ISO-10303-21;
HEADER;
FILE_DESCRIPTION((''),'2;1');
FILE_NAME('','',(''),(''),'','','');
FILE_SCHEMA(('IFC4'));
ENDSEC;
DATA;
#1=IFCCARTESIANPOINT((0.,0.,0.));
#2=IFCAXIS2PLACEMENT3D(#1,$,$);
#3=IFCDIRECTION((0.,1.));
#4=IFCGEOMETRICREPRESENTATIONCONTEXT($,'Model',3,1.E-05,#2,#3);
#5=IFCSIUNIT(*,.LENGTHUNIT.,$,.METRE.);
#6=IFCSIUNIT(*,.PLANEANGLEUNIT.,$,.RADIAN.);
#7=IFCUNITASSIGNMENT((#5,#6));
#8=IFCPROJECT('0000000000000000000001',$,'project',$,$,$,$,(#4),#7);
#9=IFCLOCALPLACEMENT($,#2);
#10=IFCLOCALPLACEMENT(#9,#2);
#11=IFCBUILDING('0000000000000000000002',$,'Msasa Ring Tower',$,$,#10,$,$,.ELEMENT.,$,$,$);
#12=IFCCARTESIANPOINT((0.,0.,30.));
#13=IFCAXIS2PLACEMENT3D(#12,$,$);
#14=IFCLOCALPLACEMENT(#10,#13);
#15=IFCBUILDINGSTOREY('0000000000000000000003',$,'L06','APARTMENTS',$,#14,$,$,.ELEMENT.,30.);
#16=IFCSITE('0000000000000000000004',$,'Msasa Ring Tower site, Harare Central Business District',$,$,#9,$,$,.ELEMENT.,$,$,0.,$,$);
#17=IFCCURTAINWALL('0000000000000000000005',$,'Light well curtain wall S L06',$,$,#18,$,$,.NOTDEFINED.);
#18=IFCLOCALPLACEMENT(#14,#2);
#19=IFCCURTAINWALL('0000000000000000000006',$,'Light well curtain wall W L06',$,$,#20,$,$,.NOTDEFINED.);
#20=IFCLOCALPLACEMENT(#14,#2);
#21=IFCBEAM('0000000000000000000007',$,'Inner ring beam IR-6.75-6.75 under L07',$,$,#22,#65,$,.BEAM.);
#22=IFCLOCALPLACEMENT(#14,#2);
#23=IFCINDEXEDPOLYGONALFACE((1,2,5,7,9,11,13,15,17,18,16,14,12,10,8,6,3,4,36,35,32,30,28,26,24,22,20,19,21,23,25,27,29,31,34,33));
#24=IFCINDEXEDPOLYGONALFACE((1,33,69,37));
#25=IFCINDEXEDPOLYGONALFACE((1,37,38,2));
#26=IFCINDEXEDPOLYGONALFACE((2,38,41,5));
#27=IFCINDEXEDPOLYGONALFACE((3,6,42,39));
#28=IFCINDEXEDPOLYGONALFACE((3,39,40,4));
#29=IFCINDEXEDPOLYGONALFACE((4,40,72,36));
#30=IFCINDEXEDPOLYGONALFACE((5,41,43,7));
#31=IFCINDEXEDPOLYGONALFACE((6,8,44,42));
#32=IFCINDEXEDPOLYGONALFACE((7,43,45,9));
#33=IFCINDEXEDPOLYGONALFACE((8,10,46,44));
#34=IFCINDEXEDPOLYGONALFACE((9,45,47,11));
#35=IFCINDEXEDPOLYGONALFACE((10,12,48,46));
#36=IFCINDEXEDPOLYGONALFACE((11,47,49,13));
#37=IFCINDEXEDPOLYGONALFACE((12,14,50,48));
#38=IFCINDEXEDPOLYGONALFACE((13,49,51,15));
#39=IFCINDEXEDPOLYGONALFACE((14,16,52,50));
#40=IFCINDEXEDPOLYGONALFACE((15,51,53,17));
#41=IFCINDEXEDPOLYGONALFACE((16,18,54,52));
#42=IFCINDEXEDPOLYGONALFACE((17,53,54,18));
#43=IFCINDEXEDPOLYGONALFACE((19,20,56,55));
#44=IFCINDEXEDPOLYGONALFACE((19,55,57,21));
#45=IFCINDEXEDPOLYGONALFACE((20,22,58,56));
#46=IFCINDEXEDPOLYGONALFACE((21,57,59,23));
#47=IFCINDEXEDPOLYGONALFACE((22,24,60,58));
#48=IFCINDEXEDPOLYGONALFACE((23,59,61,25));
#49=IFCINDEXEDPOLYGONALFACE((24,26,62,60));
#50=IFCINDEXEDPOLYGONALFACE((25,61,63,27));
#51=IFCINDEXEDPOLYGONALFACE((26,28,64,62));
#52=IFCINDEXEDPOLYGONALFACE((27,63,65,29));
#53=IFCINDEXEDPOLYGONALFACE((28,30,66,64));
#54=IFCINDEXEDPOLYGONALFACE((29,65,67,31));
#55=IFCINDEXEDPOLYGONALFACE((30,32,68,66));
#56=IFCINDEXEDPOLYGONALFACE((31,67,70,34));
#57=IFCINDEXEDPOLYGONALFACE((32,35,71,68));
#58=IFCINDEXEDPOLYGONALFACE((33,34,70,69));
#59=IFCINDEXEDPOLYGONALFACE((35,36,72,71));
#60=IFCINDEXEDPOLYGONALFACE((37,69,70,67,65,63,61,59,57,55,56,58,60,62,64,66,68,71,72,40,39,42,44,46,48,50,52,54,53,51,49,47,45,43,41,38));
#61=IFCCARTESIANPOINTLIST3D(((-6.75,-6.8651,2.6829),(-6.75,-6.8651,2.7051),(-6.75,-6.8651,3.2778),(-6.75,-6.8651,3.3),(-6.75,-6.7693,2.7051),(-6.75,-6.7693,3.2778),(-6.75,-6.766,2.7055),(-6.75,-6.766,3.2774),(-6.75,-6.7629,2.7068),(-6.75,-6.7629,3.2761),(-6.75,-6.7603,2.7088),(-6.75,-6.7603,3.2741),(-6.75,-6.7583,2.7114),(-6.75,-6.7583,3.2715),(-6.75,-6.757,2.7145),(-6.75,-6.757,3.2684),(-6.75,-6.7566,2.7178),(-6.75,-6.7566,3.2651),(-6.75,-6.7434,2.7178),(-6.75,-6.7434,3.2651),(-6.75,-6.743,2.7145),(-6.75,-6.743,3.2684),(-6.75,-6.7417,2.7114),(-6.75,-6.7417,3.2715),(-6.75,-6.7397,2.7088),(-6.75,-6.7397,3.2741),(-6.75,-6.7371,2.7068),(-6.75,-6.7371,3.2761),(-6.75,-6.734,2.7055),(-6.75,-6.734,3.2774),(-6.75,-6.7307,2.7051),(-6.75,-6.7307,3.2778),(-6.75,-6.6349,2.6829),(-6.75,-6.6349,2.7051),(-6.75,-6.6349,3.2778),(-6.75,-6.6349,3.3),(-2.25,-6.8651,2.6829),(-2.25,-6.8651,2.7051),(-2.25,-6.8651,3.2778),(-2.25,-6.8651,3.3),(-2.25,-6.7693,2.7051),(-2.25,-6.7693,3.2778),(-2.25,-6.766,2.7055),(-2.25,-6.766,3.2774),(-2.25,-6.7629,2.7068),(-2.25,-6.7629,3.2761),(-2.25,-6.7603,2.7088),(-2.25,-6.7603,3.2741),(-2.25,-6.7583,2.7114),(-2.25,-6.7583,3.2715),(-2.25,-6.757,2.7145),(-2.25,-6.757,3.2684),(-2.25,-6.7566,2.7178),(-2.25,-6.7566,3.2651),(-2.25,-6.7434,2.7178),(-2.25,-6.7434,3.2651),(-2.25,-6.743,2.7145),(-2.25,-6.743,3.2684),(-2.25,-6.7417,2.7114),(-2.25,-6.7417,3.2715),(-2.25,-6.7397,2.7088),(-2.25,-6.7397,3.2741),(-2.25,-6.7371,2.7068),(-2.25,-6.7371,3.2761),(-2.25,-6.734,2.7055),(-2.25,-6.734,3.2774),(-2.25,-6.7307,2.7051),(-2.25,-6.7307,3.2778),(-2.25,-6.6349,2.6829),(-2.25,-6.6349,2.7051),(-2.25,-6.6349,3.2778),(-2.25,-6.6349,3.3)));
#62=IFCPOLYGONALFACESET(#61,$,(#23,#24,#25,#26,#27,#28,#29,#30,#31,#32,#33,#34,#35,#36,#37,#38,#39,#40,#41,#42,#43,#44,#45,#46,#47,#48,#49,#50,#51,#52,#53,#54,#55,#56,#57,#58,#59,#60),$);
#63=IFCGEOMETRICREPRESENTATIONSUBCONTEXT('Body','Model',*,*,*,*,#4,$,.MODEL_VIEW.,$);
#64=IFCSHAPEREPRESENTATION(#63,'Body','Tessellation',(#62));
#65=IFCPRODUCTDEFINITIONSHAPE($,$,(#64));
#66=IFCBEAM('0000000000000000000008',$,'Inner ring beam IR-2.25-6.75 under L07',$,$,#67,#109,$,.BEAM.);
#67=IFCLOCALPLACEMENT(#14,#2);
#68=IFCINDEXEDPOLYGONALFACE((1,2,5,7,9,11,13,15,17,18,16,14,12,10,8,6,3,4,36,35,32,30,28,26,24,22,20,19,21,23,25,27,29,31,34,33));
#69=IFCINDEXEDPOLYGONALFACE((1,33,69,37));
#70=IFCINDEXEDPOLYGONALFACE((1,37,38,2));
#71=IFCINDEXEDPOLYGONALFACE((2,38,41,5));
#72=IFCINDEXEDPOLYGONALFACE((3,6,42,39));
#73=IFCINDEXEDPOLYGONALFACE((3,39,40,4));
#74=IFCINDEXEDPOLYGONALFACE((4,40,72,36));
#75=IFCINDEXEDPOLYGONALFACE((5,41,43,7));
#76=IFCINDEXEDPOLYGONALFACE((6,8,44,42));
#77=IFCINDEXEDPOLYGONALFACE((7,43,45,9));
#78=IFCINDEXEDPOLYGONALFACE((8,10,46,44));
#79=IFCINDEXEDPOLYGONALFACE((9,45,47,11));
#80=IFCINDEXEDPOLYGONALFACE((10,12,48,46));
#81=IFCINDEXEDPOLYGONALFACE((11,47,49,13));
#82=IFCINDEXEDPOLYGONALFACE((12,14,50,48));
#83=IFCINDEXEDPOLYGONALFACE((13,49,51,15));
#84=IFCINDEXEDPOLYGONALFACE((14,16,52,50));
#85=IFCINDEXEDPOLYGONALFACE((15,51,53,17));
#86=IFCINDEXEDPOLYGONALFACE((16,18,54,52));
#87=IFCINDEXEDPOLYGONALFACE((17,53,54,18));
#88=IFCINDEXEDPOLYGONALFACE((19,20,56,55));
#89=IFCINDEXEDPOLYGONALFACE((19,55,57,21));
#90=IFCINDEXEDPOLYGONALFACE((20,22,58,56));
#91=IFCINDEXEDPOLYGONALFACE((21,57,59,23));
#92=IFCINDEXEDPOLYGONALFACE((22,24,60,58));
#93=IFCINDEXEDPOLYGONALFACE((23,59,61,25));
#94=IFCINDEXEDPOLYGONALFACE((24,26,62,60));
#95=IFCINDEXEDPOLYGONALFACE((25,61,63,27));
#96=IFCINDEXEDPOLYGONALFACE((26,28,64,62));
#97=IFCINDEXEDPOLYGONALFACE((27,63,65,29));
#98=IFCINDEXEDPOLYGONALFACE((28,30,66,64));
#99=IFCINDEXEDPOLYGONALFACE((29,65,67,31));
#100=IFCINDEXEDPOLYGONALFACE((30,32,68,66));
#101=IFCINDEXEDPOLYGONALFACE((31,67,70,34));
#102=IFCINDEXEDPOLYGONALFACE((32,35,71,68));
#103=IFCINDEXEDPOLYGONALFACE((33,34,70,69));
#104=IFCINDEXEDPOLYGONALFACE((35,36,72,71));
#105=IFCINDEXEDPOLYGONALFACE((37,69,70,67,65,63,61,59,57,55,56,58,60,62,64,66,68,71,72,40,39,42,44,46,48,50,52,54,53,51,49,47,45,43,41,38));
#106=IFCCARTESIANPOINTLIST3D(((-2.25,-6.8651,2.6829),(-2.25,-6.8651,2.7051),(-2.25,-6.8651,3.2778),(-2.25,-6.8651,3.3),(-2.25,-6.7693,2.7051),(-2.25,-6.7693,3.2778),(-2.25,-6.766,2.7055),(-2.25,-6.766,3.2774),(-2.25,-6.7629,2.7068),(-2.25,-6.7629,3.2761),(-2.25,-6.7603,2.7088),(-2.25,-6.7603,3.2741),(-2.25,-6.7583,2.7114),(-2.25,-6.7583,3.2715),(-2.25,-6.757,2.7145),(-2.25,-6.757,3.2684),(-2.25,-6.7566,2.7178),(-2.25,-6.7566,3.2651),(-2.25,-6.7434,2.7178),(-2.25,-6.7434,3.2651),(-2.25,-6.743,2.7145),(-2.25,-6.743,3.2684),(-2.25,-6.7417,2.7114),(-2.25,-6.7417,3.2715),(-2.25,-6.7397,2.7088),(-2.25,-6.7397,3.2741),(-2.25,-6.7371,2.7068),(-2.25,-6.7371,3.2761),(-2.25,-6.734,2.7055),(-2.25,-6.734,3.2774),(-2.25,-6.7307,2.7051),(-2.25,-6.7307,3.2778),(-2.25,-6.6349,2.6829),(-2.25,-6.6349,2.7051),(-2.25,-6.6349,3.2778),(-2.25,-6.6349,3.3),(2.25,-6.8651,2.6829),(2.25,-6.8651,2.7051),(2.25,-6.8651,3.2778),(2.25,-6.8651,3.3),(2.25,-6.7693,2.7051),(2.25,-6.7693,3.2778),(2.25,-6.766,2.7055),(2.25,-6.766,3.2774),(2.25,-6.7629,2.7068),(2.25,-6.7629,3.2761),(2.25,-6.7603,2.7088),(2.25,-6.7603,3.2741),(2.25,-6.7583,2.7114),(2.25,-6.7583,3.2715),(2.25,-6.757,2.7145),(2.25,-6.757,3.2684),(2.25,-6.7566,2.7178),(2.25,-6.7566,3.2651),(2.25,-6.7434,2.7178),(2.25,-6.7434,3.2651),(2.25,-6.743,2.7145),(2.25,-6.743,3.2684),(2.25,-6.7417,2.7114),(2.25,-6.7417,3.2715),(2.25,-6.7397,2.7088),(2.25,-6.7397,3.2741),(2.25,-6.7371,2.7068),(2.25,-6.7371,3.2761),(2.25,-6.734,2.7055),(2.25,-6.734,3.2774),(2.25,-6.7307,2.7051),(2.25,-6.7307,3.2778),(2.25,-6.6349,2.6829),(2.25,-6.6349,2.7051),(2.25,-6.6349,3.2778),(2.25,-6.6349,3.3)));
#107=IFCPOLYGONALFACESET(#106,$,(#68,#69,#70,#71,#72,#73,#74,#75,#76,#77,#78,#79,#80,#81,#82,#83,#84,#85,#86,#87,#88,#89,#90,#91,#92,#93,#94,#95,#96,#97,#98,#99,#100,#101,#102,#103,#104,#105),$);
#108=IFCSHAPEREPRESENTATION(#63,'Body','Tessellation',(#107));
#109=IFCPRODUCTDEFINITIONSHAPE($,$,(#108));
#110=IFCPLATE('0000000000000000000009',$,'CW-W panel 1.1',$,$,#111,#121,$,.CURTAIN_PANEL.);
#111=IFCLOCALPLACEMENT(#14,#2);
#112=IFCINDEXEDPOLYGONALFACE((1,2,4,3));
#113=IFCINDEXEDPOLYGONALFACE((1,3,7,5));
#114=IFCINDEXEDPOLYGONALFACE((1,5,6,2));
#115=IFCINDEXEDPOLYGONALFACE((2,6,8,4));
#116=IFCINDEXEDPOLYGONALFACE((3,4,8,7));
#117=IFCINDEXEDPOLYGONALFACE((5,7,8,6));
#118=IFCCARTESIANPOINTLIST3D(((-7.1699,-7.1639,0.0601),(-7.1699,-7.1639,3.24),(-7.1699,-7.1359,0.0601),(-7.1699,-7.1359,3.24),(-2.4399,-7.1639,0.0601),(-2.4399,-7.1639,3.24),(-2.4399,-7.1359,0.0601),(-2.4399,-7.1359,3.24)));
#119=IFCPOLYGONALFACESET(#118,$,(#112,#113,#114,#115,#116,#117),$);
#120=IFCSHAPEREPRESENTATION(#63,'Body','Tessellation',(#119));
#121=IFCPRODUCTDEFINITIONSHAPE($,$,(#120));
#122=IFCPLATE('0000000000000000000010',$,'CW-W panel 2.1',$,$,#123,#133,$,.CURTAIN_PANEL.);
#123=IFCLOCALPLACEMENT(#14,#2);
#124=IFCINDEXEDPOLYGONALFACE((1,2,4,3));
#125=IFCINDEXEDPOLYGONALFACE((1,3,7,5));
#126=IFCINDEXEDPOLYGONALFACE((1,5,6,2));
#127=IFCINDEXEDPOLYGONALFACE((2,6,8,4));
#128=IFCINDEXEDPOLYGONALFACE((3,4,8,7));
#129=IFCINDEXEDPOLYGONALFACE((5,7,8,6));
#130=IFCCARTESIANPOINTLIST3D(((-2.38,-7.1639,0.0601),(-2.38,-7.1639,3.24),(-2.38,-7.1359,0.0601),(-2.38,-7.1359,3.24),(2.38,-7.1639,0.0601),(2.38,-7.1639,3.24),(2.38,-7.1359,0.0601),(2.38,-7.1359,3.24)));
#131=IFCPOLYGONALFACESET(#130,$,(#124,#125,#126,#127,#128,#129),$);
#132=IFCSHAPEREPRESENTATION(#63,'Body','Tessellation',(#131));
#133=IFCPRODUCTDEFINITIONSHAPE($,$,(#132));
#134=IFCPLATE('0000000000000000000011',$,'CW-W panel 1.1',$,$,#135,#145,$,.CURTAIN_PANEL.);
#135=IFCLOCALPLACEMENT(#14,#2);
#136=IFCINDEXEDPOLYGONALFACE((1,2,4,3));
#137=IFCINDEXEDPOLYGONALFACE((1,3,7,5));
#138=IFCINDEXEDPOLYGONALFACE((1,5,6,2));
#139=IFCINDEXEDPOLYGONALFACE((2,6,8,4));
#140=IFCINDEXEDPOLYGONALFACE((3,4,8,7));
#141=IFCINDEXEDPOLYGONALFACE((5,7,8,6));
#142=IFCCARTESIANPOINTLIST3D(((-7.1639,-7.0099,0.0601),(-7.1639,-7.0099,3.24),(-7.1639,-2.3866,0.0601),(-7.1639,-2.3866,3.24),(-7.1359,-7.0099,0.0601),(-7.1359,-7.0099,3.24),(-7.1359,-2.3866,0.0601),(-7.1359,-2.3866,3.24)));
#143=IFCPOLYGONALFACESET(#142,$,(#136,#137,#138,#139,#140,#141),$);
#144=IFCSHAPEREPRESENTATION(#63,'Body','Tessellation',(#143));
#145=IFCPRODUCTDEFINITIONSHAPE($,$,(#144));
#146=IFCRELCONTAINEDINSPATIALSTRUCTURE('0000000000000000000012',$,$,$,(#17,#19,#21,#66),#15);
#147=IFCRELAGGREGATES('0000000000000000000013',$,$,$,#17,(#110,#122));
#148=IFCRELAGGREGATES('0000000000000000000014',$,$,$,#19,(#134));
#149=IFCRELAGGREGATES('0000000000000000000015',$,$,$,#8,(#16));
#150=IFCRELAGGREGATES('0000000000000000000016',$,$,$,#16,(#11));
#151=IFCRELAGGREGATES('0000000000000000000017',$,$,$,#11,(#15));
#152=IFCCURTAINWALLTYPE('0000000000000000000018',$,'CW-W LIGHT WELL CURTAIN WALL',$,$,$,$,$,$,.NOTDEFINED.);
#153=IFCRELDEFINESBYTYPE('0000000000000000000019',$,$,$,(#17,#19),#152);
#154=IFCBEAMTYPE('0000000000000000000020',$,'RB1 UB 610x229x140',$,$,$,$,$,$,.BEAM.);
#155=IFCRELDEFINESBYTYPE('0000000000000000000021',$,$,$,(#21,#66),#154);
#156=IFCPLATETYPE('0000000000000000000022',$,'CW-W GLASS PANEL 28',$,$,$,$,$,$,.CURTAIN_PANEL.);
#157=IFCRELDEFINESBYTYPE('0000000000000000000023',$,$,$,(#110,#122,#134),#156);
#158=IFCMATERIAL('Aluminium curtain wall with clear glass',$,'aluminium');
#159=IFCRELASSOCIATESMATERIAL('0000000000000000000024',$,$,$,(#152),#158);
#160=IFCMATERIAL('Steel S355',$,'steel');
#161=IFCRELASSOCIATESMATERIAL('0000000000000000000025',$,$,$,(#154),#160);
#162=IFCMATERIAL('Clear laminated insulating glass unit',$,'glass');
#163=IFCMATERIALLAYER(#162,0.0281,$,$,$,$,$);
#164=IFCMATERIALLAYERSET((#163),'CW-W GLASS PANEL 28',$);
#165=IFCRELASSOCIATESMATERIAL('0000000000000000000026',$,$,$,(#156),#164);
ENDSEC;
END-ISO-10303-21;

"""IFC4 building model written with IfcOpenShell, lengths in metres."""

from ifc_helpers import new_model, si_unit, direction, frame, origin, origin_2d, place, context, subcontext, project, spatial, rectangle, i_section, extrude, material, layer, layer_set, material_profile, profile_set, type_object, element, aggregate, save


model = new_model("IFC4")

# Units and contexts
model_context = context("Model", 3, precision=1e-05, world=origin(), true_north=direction((0.0, 1.0)))
body_context = subcontext(model_context, "Body", "Model", "MODEL_VIEW")
ifc_project = project(units=[si_unit("LENGTHUNIT", "METRE"), si_unit("PLANEANGLEUNIT", "RADIAN")], contexts=[model_context])

# Site, building, storey
site_placement = place(None, origin())
site = spatial("IfcSite", under=ifc_project, at=site_placement, Name="Msasa Ring Tower site, Harare Central Business District", CompositionType="ELEMENT", RefElevation=0.0)
building_placement = place(site_placement, origin())
building = spatial("IfcBuilding", under=site, at=building_placement, Name="Msasa Ring Tower", CompositionType="ELEMENT")
storey_placement = place(building_placement, frame((0.0, 0.0, 30.0)))
storey = spatial("IfcBuildingStorey", under=building, at=storey_placement, Name="L06", Description="APARTMENTS", CompositionType="ELEMENT", Elevation=30.0)

# Curtain walls
ifc_material_1 = material(Name="Aluminium curtain wall with clear glass", Category="aluminium")
curtain_wall_type = type_object("IfcCurtainWallType", Name="CW-W LIGHT WELL CURTAIN WALL", PredefinedType="NOTDEFINED", material=ifc_material_1)
curtain_wall_1_placement = place(storey_placement, origin())
curtain_wall_1 = element("IfcCurtainWall", 1, at=curtain_wall_1_placement, inside=storey, type_object=curtain_wall_type, Name="Light well curtain wall S L06", PredefinedType="NOTDEFINED")
curtain_wall_2_placement = place(storey_placement, origin())
curtain_wall_2 = element("IfcCurtainWall", 2, at=curtain_wall_2_placement, inside=storey, type_object=curtain_wall_type, Name="Light well curtain wall W L06", PredefinedType="NOTDEFINED")

# Beams
ifc_material_2 = material(Name="Steel S355", Category="steel")
ifc_material_profile_1 = material_profile(ifc_material_2, i_section(OverallWidth=0.2302, OverallDepth=0.6172, WebThickness=0.0132, FlangeThickness=0.0222, FilletRadius=0.0127, at=origin_2d()), Name="UB 610x229x140")
ifc_profile_set_1 = profile_set([ifc_material_profile_1], Name="Steel S355")
beam_type = type_object("IfcBeamType", Name="RB1 UB 610x229x140", PredefinedType="BEAM", material=ifc_profile_set_1)
for number, where, z_axis, x_axis, name in (
    (3, (-6.75, -6.75, 2.9915), (1.0, 0.0, 0.0), (0.0, 1.0, 0.0), "Inner ring beam IR-6.75-6.75 under L07"),
    (4, (-2.25, -6.75, 2.9915), (1.0, 0.0, 0.0), (0.0, 1.0, 0.0), "Inner ring beam IR-2.25-6.75 under L07"),
):
    element("IfcBeam", number, at=place(storey_placement, frame(where, z_axis=z_axis, x_axis=x_axis)), inside=storey, type_object=beam_type, Name=name, PredefinedType="BEAM", context=body_context, shape_type="SweptSolid", body=[
        extrude(i_section(OverallWidth=0.2302, OverallDepth=0.6172, WebThickness=0.0132, FlangeThickness=0.0222, FilletRadius=0.0127, at=origin_2d()), origin(), (0.0, 0.0, 1.0), 4.5),
    ])

# Plates
ifc_material_3 = material(Name="Clear laminated insulating glass unit", Category="glass")
ifc_layer = layer(ifc_material_3, 0.0281)
ifc_layer_set = layer_set([ifc_layer], Name="CW-W GLASS PANEL 28")
plate_type = type_object("IfcPlateType", Name="CW-W GLASS PANEL 28", PredefinedType="CURTAIN_PANEL", material=ifc_layer_set)
plate_1_placement = place(storey_placement, frame((-4.8049, -7.1499, 0.0601), z_axis=(0.0, 0.0, 1.0), x_axis=(1.0, 0.0, 0.0)))
plate_1 = element("IfcPlate", 5, at=plate_1_placement, type_object=plate_type, Name="CW-W panel 1.1", PredefinedType="CURTAIN_PANEL", context=body_context, shape_type="SweptSolid", body=[
    extrude(rectangle(XDim=4.73, YDim=0.0281, at=origin_2d()), origin(), (0.0, 0.0, 1.0), 3.1799),
])
plate_2_placement = place(storey_placement, frame((0.0, -7.1499, 0.0601), z_axis=(0.0, 0.0, 1.0), x_axis=(1.0, 0.0, 0.0)))
plate_2 = element("IfcPlate", 6, at=plate_2_placement, type_object=plate_type, Name="CW-W panel 2.1", PredefinedType="CURTAIN_PANEL", context=body_context, shape_type="SweptSolid", body=[
    extrude(rectangle(XDim=4.76, YDim=0.0281, at=origin_2d()), origin(), (0.0, 0.0, 1.0), 3.1799),
])
aggregate(curtain_wall_1, [plate_1, plate_2])
plate_3_placement = place(storey_placement, frame((-7.1499, -4.6982, 0.0601), z_axis=(0.0, 0.0, 1.0), x_axis=(0.0, 1.0, 0.0)))
plate_3 = element("IfcPlate", 7, at=plate_3_placement, type_object=plate_type, Name="CW-W panel 1.1", PredefinedType="CURTAIN_PANEL", context=body_context, shape_type="SweptSolid", body=[
    extrude(rectangle(XDim=4.6233, YDim=0.0281, at=origin_2d()), origin(), (0.0, 0.0, 1.0), 3.1799),
])
aggregate(curtain_wall_2, [plate_3])

save(model, "model.ifc")
